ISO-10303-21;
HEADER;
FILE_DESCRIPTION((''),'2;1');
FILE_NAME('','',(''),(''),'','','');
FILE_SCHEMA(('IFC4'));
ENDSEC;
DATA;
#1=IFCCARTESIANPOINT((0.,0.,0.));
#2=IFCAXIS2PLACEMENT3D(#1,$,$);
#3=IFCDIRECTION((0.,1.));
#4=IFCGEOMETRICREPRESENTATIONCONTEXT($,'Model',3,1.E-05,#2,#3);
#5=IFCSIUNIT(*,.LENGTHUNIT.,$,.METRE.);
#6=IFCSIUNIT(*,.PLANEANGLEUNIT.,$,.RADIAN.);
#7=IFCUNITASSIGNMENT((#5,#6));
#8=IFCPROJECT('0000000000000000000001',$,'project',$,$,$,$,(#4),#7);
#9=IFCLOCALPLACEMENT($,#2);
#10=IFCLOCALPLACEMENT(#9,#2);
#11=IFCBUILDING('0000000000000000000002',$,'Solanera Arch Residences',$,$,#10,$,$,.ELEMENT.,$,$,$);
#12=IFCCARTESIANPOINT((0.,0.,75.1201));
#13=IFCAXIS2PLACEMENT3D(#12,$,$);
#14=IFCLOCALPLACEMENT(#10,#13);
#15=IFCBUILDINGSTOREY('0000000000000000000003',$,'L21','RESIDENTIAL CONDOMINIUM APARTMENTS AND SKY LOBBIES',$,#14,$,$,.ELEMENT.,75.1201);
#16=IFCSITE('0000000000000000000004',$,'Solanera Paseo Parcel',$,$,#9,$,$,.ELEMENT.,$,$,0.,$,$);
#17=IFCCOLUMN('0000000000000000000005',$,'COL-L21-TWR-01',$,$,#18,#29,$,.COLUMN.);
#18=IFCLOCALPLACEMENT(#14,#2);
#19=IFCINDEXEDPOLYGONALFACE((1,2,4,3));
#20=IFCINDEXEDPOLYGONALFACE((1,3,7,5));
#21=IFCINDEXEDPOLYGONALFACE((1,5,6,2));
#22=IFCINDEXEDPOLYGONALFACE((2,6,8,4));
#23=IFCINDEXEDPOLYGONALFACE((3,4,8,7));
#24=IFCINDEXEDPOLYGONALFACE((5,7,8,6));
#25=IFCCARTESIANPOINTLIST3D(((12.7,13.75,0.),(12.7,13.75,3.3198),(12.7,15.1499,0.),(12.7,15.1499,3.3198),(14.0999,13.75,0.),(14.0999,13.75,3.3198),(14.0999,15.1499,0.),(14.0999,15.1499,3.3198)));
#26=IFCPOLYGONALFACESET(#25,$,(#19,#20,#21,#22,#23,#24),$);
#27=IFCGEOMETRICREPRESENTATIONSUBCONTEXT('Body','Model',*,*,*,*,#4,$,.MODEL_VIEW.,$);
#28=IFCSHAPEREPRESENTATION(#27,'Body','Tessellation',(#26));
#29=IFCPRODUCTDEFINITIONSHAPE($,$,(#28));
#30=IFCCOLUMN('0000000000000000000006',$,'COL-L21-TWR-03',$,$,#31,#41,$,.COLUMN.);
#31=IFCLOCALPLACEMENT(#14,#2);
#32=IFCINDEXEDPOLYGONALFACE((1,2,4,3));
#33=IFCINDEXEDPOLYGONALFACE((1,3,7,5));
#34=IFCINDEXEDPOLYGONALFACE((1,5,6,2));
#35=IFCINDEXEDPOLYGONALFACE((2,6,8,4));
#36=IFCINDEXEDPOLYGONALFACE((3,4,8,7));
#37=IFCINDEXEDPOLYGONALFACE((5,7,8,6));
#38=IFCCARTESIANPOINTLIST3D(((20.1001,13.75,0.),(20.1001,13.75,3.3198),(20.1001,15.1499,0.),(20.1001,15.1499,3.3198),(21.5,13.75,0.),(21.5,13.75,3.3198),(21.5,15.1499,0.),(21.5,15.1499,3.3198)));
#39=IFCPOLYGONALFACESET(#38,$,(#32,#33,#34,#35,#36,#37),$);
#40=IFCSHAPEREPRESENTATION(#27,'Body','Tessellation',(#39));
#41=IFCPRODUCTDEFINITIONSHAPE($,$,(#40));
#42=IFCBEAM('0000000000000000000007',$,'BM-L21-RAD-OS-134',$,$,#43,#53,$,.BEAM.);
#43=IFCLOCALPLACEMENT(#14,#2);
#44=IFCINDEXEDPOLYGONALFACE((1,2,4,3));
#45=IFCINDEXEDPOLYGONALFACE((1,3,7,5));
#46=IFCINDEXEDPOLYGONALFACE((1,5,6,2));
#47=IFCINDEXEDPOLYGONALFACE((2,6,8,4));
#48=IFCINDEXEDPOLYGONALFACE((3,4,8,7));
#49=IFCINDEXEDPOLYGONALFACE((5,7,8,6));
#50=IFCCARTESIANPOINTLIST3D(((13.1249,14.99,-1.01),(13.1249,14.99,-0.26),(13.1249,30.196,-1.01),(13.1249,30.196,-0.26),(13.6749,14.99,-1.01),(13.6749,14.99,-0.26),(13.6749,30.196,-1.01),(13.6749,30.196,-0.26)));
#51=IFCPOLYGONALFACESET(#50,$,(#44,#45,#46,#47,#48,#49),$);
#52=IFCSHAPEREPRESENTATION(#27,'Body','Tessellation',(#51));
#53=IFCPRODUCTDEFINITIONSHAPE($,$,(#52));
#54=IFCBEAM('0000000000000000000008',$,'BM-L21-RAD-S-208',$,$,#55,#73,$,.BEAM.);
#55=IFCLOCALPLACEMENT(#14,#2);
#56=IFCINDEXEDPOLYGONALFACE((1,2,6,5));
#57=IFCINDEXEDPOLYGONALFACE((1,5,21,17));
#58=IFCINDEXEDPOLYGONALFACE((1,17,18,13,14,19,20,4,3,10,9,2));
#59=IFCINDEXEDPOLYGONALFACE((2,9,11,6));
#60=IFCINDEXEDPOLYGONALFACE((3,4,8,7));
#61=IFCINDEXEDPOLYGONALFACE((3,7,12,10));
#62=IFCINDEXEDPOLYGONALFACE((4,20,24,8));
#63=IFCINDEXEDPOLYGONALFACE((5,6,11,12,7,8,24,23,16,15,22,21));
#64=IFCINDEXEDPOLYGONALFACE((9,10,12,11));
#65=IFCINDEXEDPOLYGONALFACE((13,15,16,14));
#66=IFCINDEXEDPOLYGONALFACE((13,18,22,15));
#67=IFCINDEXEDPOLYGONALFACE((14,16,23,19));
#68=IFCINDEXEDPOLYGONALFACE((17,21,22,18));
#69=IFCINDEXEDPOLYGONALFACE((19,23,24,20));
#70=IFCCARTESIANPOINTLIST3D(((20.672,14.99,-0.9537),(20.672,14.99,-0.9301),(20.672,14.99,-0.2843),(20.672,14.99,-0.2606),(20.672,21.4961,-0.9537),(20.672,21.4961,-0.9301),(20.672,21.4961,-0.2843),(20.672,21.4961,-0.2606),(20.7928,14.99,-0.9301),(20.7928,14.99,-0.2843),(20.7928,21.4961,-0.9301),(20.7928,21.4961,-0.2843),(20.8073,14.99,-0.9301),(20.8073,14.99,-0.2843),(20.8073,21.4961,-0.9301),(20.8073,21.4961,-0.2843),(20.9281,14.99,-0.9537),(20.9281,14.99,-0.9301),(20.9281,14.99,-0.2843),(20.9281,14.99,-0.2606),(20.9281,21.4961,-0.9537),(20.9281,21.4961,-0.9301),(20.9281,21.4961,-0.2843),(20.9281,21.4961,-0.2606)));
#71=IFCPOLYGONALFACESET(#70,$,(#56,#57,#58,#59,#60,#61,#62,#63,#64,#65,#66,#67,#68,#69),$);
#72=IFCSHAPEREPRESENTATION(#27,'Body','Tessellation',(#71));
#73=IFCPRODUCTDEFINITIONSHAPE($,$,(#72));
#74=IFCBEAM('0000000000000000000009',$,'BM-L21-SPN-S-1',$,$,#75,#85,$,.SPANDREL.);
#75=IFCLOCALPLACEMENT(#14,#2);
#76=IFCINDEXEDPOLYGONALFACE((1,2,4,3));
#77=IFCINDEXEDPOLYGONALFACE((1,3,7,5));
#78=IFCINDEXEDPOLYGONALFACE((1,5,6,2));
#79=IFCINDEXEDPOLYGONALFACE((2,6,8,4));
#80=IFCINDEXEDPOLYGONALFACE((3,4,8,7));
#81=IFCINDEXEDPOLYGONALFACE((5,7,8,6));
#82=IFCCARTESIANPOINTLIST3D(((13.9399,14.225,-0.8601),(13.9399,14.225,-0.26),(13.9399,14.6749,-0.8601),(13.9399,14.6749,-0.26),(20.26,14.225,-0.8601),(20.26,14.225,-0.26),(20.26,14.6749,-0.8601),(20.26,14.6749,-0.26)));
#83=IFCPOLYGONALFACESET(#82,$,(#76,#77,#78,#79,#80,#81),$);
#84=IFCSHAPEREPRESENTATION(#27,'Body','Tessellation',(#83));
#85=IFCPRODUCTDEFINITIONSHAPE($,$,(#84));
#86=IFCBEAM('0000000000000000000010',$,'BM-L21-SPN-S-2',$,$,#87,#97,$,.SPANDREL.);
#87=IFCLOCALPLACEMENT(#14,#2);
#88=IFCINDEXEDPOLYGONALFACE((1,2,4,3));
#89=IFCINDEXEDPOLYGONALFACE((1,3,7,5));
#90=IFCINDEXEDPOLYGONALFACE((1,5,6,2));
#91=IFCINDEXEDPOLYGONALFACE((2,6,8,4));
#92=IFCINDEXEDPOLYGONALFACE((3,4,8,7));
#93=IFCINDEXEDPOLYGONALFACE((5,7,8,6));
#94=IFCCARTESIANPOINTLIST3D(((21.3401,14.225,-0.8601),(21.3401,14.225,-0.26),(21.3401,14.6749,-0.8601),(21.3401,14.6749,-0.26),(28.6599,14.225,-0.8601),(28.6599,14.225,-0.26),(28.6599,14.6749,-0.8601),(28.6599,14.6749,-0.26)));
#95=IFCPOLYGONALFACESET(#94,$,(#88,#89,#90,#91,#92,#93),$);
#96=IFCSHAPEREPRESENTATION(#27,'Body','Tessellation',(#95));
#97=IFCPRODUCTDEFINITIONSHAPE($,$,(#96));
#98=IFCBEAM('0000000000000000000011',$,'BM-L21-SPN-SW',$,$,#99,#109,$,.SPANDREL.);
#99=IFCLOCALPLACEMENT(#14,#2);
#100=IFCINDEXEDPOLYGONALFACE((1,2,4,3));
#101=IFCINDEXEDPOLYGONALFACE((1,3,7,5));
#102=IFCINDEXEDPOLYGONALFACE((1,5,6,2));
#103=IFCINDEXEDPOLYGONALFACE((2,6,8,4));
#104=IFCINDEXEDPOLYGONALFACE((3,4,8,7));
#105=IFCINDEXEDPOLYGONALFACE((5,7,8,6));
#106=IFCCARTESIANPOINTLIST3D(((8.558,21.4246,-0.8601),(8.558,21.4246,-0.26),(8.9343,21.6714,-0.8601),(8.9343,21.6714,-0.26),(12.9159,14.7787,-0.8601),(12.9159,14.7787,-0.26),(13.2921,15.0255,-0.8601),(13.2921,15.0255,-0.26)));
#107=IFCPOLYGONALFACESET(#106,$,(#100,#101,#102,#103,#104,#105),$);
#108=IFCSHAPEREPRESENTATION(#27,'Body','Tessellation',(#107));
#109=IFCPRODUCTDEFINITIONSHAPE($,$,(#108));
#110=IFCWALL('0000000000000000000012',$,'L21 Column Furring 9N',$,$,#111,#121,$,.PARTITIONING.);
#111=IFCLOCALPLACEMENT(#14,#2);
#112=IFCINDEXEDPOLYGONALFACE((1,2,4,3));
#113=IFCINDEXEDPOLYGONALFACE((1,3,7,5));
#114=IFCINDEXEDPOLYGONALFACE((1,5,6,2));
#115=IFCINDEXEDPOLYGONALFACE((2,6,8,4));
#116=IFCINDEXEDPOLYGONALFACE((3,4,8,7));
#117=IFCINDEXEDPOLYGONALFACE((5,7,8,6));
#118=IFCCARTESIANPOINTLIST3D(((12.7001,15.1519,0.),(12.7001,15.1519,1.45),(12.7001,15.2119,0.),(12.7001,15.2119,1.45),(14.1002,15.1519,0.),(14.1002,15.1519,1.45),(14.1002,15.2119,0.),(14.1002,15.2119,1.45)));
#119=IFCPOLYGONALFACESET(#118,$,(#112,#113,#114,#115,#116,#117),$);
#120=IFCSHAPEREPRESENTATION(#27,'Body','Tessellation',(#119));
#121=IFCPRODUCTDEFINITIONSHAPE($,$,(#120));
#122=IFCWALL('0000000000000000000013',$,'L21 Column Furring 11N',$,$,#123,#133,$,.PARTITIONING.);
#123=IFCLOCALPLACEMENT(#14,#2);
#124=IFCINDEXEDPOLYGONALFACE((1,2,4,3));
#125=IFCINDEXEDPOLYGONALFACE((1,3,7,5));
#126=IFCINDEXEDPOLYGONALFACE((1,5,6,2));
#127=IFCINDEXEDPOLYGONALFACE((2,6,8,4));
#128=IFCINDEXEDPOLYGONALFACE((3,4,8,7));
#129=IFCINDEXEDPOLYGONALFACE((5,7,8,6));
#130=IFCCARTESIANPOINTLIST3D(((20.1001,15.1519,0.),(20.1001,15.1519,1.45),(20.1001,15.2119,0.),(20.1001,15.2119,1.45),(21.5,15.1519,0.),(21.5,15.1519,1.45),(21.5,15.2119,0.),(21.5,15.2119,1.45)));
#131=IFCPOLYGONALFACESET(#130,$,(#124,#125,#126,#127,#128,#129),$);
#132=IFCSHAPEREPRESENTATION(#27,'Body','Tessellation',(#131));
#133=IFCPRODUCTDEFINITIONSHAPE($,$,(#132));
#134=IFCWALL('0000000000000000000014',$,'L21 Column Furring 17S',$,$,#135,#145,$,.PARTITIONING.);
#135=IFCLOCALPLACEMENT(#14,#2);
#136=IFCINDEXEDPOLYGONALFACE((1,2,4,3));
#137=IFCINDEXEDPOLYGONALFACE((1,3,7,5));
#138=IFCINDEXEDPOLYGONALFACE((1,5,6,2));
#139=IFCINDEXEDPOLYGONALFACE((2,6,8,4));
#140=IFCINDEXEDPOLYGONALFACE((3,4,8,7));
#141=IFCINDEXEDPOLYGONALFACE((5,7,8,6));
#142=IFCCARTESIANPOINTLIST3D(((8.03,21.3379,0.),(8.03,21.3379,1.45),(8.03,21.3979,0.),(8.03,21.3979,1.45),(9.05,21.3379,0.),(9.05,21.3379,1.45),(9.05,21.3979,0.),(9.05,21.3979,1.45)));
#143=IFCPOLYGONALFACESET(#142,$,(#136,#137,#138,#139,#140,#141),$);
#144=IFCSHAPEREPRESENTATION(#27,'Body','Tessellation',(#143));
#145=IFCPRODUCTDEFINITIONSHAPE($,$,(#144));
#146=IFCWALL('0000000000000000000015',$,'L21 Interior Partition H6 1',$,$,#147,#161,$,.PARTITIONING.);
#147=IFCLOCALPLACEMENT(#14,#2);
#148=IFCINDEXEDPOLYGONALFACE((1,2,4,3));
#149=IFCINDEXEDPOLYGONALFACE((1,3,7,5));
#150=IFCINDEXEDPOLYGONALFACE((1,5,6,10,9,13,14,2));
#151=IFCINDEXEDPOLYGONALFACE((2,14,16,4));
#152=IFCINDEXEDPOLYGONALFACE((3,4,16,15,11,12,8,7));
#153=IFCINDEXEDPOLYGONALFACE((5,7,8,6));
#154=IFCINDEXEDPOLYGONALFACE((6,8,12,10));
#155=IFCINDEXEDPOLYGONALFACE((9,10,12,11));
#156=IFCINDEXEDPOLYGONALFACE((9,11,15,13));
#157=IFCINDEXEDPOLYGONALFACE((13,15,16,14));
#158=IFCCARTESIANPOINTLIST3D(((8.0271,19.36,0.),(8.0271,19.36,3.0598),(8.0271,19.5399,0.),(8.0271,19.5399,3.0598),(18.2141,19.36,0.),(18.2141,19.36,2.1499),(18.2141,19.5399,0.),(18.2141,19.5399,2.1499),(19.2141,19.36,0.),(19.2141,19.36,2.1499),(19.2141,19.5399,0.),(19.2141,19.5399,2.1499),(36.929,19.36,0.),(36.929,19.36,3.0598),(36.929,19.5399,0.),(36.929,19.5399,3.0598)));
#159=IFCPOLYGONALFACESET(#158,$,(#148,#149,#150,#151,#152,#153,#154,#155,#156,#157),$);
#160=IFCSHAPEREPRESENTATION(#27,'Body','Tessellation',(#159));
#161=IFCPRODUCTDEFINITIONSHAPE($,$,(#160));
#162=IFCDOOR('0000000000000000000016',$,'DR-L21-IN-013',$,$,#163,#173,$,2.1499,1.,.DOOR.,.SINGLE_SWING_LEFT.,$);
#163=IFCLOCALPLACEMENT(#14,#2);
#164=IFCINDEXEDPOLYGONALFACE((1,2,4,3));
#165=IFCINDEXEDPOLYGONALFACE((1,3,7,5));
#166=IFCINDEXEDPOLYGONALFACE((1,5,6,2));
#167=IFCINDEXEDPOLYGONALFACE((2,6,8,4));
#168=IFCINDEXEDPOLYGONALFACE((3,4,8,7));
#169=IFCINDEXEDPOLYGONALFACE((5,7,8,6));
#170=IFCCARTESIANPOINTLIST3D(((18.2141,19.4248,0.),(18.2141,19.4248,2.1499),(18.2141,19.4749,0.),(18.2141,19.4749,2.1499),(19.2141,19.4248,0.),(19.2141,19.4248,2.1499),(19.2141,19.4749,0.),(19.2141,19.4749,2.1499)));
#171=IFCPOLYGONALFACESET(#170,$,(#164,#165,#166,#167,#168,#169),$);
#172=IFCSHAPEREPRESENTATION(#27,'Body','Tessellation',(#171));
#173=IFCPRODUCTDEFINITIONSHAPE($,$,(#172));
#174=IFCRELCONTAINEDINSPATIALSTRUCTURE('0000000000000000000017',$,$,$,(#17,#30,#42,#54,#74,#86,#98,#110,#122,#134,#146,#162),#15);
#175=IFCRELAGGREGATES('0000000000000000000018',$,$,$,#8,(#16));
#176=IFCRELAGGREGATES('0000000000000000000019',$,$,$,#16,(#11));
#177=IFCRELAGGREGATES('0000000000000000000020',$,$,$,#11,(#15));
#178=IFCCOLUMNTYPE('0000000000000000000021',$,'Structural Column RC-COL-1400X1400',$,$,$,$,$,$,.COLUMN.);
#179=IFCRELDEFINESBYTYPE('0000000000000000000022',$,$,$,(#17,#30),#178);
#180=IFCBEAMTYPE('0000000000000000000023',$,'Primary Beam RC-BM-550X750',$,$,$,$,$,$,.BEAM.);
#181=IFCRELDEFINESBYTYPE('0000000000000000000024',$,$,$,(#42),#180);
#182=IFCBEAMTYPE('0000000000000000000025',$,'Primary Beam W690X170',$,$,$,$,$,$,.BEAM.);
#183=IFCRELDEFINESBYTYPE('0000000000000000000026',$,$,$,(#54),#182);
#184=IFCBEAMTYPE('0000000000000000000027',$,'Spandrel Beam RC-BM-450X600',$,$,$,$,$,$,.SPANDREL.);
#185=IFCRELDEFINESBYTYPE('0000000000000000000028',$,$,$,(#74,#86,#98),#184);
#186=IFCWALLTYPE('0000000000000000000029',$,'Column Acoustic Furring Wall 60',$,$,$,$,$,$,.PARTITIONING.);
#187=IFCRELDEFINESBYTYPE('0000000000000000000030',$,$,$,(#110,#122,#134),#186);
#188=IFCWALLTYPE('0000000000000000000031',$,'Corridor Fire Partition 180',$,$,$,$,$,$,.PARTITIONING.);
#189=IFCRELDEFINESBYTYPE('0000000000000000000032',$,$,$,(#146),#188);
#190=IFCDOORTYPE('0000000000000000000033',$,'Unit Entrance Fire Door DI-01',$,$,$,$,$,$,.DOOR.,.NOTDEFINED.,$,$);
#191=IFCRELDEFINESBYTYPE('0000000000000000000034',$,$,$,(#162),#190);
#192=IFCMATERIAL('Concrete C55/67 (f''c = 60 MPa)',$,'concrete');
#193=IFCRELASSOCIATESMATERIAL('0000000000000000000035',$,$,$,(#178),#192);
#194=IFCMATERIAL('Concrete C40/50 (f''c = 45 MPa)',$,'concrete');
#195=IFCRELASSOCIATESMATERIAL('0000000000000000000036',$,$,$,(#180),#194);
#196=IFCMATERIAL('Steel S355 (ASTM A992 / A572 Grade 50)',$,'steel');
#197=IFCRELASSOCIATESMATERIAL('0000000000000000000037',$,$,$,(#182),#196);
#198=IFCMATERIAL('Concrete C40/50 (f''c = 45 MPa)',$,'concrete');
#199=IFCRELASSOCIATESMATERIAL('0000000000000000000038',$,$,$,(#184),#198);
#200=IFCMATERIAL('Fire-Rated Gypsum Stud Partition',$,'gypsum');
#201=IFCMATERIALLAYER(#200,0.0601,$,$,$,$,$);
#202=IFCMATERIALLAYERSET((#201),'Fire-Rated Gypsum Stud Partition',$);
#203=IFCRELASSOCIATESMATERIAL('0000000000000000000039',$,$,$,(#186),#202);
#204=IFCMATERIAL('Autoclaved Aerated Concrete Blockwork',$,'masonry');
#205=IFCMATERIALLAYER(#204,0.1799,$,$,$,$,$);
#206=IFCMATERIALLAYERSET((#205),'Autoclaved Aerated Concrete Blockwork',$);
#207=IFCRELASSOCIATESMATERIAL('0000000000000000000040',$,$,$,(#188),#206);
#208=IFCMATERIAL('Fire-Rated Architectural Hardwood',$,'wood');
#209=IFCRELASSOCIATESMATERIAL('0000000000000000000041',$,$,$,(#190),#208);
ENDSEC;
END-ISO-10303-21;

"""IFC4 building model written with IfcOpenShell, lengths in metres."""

from ifc_helpers import new_model, si_unit, direction, frame, frame_2d, origin, origin_2d, place, context, subcontext, project, spatial, rectangle, i_section, extrude, material, layer, layer_set, material_profile, profile_set, type_object, element, fill, save


model = new_model("IFC4")

# Units and contexts
model_context = context("Model", 3, precision=1e-05, world=origin(), true_north=direction((0.0, 1.0)))
body_context = subcontext(model_context, "Body", "Model", "MODEL_VIEW")
ifc_project = project(units=[si_unit("LENGTHUNIT", "METRE"), si_unit("PLANEANGLEUNIT", "RADIAN")], contexts=[model_context])

# Site, building, storey
site_placement = place(None, origin())
site = spatial("IfcSite", under=ifc_project, at=site_placement, Name="Solanera Paseo Parcel", CompositionType="ELEMENT", RefElevation=0.0)
building_placement = place(site_placement, origin())
building = spatial("IfcBuilding", under=site, at=building_placement, Name="Solanera Arch Residences", CompositionType="ELEMENT")
storey_placement = place(building_placement, frame((0.0, 0.0, 75.1201)))
storey = spatial("IfcBuildingStorey", under=building, at=storey_placement, Name="L21", Description="RESIDENTIAL CONDOMINIUM APARTMENTS AND SKY LOBBIES", CompositionType="ELEMENT", Elevation=75.1201)

# Columns
ifc_material_1 = material(Name="Concrete C55/67 (f'c = 60 MPa)", Category="concrete")
ifc_material_profile_1 = material_profile(ifc_material_1, rectangle(XDim=1.3999, YDim=1.3999, at=origin_2d()))
ifc_profile_set_1 = profile_set([ifc_material_profile_1], Name="Concrete C55/67 (f'c = 60 MPa)")
column_type = type_object("IfcColumnType", Name="Structural Column RC-COL-1400X1400", PredefinedType="COLUMN", material=ifc_profile_set_1)
for number, where, z_axis, x_axis, name in (
    (1, (13.3999, 14.45, 0.0), (0.0, 0.0, 1.0), (1.0, 0.0, 0.0), "COL-L21-TWR-01"),
    (2, (20.8, 14.45, 0.0), (0.0, 0.0, 1.0), (1.0, 0.0, 0.0), "COL-L21-TWR-03"),
):
    element("IfcColumn", number, at=place(storey_placement, frame(where, z_axis=z_axis, x_axis=x_axis)), inside=storey, type_object=column_type, Name=name, PredefinedType="COLUMN", context=body_context, shape_type="SweptSolid", body=[
        extrude(rectangle(XDim=1.3999, YDim=1.3999, at=origin_2d()), origin(), (0.0, 0.0, 1.0), 3.3198),
    ])

# Beams
ifc_material_2 = material(Name="Concrete C40/50 (f'c = 45 MPa)", Category="concrete")
ifc_material_profile_2 = material_profile(ifc_material_2, rectangle(XDim=0.55, YDim=0.75, at=origin_2d()))
ifc_profile_set_2 = profile_set([ifc_material_profile_2], Name="Concrete C40/50 (f'c = 45 MPa)")
beam_type_1 = type_object("IfcBeamType", Name="Primary Beam RC-BM-550X750", PredefinedType="BEAM", material=ifc_profile_set_2)
beam_1_placement = place(storey_placement, frame((13.3999, 14.99, -0.635), z_axis=(0.0, 1.0, 0.0), x_axis=(-1.0, 0.0, 0.0)))
element("IfcBeam", 3, at=beam_1_placement, inside=storey, type_object=beam_type_1, Name="BM-L21-RAD-OS-134", PredefinedType="BEAM", context=body_context, shape_type="SweptSolid", body=[
    extrude(rectangle(XDim=0.55, YDim=0.75, at=origin_2d()), origin(), (0.0, 0.0, 1.0), 15.2061),
])
ifc_material_3 = material(Name="Steel S355 (ASTM A992 / A572 Grade 50)", Category="steel")
ifc_material_profile_3 = material_profile(ifc_material_3, i_section(OverallWidth=0.2561, OverallDepth=0.6931, WebThickness=0.0144, FlangeThickness=0.0237, at=origin_2d()))
ifc_profile_set_3 = profile_set([ifc_material_profile_3], Name="Steel S355 (ASTM A992 / A572 Grade 50)")
beam_type_2 = type_object("IfcBeamType", Name="Primary Beam W690X170", PredefinedType="BEAM", material=ifc_profile_set_3)
beam_2_placement = place(storey_placement, frame((20.8, 14.99, -0.6072), z_axis=(0.0, 1.0, 0.0), x_axis=(-1.0, 0.0, 0.0)))
element("IfcBeam", 4, at=beam_2_placement, inside=storey, type_object=beam_type_2, Name="BM-L21-RAD-S-208", PredefinedType="BEAM", context=body_context, shape_type="SweptSolid", body=[
    extrude(i_section(OverallWidth=0.2561, OverallDepth=0.6931, WebThickness=0.0144, FlangeThickness=0.0237, at=origin_2d()), origin(), (0.0, 0.0, 1.0), 6.5061),
])
ifc_material_4 = material(Name="Concrete C40/50 (f'c = 45 MPa)", Category="concrete")
ifc_material_profile_4 = material_profile(ifc_material_4, rectangle(XDim=0.45, YDim=0.6001, at=origin_2d()))
ifc_profile_set_4 = profile_set([ifc_material_profile_4], Name="Concrete C40/50 (f'c = 45 MPa)")
beam_type_3 = type_object("IfcBeamType", Name="Spandrel Beam RC-BM-450X600", PredefinedType="SPANDREL", material=ifc_profile_set_4)
beam_3_placement = place(storey_placement, frame((13.9399, 14.45, -0.5601), z_axis=(1.0, 0.0, 0.0), x_axis=(0.0, 1.0, 0.0)))
element("IfcBeam", 5, at=beam_3_placement, inside=storey, type_object=beam_type_3, Name="BM-L21-SPN-S-1", PredefinedType="SPANDREL", context=body_context, shape_type="SweptSolid", body=[
    extrude(rectangle(XDim=0.45, YDim=0.6001, at=origin_2d()), origin(), (0.0, 0.0, 1.0), 6.3201),
])
beam_4_placement = place(storey_placement, frame((21.3401, 14.45, -0.5601), z_axis=(1.0, 0.0, 0.0), x_axis=(0.0, 1.0, 0.0)))
element("IfcBeam", 6, at=beam_4_placement, inside=storey, type_object=beam_type_3, Name="BM-L21-SPN-S-2", PredefinedType="SPANDREL", context=body_context, shape_type="SweptSolid", body=[
    extrude(rectangle(XDim=0.45, YDim=0.6001, at=origin_2d()), origin(), (0.0, 0.0, 1.0), 7.3198),
])
beam_5_placement = place(storey_placement, frame((13.104, 14.9021, -0.5601), z_axis=(-0.548346, 0.836251, 0.0), x_axis=(-0.836251, -0.548346, 0.0)))
element("IfcBeam", 7, at=beam_5_placement, inside=storey, type_object=beam_type_3, Name="BM-L21-SPN-SW", PredefinedType="SPANDREL", context=body_context, shape_type="SweptSolid", body=[
    extrude(rectangle(XDim=0.45, YDim=0.6001, at=origin_2d()), origin(), (0.0, 0.0, 1.0), 7.9473),
])

# Walls
ifc_material_5 = material(Name="Fire-Rated Gypsum Stud Partition", Category="gypsum")
ifc_layer_1 = layer(ifc_material_5, 0.0601)
ifc_layer_set_1 = layer_set([ifc_layer_1], Name="Fire-Rated Gypsum Stud Partition")
wall_type_1 = type_object("IfcWallType", Name="Column Acoustic Furring Wall 60", PredefinedType="PARTITIONING", material=ifc_layer_set_1)
wall_1_placement = place(storey_placement, frame((12.7, 15.1819, 0.0), z_axis=(0.0, 0.0, 1.0), x_axis=(1.0, 0.0, 0.0)))
element("IfcWall", 8, at=wall_1_placement, inside=storey, type_object=wall_type_1, Name="L21 Column Furring 9N", PredefinedType="PARTITIONING", context=body_context, shape_type="SweptSolid", body=[
    extrude(rectangle(XDim=1.4001, YDim=0.0601, at=frame_2d((0.7002, 0.0))), origin(), (0.0, 0.0, 1.0), 1.45),
])
wall_2_placement = place(storey_placement, frame((20.1001, 15.1819, 0.0), z_axis=(0.0, 0.0, 1.0), x_axis=(1.0, 0.0, 0.0)))
element("IfcWall", 9, at=wall_2_placement, inside=storey, type_object=wall_type_1, Name="L21 Column Furring 11N", PredefinedType="PARTITIONING", context=body_context, shape_type="SweptSolid", body=[
    extrude(rectangle(XDim=1.3999, YDim=0.0601, at=frame_2d((0.7, 0.0))), origin(), (0.0, 0.0, 1.0), 1.45),
])
wall_3_placement = place(storey_placement, frame((8.03, 21.3679, 0.0), z_axis=(0.0, 0.0, 1.0), x_axis=(1.0, 0.0, 0.0)))
element("IfcWall", 10, at=wall_3_placement, inside=storey, type_object=wall_type_1, Name="L21 Column Furring 17S", PredefinedType="PARTITIONING", context=body_context, shape_type="SweptSolid", body=[
    extrude(rectangle(XDim=1.02, YDim=0.0601, at=frame_2d((0.51, 0.0))), origin(), (0.0, 0.0, 1.0), 1.45),
])

# Wall, opening, door
ifc_material_6 = material(Name="Autoclaved Aerated Concrete Blockwork", Category="masonry")
ifc_layer_2 = layer(ifc_material_6, 0.1799)
ifc_layer_set_2 = layer_set([ifc_layer_2], Name="Autoclaved Aerated Concrete Blockwork")
wall_type_2 = type_object("IfcWallType", Name="Corridor Fire Partition 180", PredefinedType="PARTITIONING", material=ifc_layer_set_2)
wall_4_placement = place(storey_placement, frame((8.0271, 19.45, 0.0), z_axis=(0.0, 0.0, 1.0), x_axis=(1.0, 0.0, 0.0)))
wall_4 = element("IfcWall", 11, at=wall_4_placement, inside=storey, type_object=wall_type_2, Name="L21 Interior Partition H6 1", PredefinedType="PARTITIONING", context=body_context, shape_type="SweptSolid", body=[
    extrude(rectangle(XDim=28.9019, YDim=0.1799, at=frame_2d((14.4509, 0.0))), origin(), (0.0, 0.0, 1.0), 3.0598),
])
opening_1_placement = place(wall_4_placement, frame((10.187, 0.0, 0.0)))
opening_1 = element("IfcOpeningElement", 12, at=opening_1_placement, cuts=wall_4, PredefinedType="OPENING", context=body_context, shape_type="SweptSolid", body=[
    extrude(rectangle(XDim=1.0, YDim=2.1499, at=frame_2d((0.5, 1.075))), frame((0.0, 0.1001, 0.0), z_axis=(0.0, -1.0, 0.0), x_axis=(1.0, 0.0, 0.0)), (0.0, 0.0, 1.0), 0.1999),
])
ifc_material_7 = material(Name="Fire-Rated Architectural Hardwood", Category="wood")
door_type_1 = type_object("IfcDoorType", Name="Unit Entrance Fire Door DI-01", OperationType="NOTDEFINED", PredefinedType="DOOR", material=ifc_material_7)
door_1_placement = place(opening_1_placement, origin())
door_1 = element("IfcDoor", 13, at=door_1_placement, inside=storey, type_object=door_type_1, Name="DR-L21-IN-013", OperationType="SINGLE_SWING_LEFT", OverallHeight=2.1499, OverallWidth=1.0, PredefinedType="DOOR", context=body_context, shape_type="SweptSolid", body=[
    extrude(rectangle(XDim=1.0, YDim=2.1499, at=frame_2d((0.5, 1.075))), frame((0.0, 0.0249, 0.0), z_axis=(0.0, -1.0, 0.0), x_axis=(1.0, 0.0, 0.0)), (0.0, 0.0, 1.0), 0.05),
])
fill(opening_1, door_1)

save(model, "model.ifc")
